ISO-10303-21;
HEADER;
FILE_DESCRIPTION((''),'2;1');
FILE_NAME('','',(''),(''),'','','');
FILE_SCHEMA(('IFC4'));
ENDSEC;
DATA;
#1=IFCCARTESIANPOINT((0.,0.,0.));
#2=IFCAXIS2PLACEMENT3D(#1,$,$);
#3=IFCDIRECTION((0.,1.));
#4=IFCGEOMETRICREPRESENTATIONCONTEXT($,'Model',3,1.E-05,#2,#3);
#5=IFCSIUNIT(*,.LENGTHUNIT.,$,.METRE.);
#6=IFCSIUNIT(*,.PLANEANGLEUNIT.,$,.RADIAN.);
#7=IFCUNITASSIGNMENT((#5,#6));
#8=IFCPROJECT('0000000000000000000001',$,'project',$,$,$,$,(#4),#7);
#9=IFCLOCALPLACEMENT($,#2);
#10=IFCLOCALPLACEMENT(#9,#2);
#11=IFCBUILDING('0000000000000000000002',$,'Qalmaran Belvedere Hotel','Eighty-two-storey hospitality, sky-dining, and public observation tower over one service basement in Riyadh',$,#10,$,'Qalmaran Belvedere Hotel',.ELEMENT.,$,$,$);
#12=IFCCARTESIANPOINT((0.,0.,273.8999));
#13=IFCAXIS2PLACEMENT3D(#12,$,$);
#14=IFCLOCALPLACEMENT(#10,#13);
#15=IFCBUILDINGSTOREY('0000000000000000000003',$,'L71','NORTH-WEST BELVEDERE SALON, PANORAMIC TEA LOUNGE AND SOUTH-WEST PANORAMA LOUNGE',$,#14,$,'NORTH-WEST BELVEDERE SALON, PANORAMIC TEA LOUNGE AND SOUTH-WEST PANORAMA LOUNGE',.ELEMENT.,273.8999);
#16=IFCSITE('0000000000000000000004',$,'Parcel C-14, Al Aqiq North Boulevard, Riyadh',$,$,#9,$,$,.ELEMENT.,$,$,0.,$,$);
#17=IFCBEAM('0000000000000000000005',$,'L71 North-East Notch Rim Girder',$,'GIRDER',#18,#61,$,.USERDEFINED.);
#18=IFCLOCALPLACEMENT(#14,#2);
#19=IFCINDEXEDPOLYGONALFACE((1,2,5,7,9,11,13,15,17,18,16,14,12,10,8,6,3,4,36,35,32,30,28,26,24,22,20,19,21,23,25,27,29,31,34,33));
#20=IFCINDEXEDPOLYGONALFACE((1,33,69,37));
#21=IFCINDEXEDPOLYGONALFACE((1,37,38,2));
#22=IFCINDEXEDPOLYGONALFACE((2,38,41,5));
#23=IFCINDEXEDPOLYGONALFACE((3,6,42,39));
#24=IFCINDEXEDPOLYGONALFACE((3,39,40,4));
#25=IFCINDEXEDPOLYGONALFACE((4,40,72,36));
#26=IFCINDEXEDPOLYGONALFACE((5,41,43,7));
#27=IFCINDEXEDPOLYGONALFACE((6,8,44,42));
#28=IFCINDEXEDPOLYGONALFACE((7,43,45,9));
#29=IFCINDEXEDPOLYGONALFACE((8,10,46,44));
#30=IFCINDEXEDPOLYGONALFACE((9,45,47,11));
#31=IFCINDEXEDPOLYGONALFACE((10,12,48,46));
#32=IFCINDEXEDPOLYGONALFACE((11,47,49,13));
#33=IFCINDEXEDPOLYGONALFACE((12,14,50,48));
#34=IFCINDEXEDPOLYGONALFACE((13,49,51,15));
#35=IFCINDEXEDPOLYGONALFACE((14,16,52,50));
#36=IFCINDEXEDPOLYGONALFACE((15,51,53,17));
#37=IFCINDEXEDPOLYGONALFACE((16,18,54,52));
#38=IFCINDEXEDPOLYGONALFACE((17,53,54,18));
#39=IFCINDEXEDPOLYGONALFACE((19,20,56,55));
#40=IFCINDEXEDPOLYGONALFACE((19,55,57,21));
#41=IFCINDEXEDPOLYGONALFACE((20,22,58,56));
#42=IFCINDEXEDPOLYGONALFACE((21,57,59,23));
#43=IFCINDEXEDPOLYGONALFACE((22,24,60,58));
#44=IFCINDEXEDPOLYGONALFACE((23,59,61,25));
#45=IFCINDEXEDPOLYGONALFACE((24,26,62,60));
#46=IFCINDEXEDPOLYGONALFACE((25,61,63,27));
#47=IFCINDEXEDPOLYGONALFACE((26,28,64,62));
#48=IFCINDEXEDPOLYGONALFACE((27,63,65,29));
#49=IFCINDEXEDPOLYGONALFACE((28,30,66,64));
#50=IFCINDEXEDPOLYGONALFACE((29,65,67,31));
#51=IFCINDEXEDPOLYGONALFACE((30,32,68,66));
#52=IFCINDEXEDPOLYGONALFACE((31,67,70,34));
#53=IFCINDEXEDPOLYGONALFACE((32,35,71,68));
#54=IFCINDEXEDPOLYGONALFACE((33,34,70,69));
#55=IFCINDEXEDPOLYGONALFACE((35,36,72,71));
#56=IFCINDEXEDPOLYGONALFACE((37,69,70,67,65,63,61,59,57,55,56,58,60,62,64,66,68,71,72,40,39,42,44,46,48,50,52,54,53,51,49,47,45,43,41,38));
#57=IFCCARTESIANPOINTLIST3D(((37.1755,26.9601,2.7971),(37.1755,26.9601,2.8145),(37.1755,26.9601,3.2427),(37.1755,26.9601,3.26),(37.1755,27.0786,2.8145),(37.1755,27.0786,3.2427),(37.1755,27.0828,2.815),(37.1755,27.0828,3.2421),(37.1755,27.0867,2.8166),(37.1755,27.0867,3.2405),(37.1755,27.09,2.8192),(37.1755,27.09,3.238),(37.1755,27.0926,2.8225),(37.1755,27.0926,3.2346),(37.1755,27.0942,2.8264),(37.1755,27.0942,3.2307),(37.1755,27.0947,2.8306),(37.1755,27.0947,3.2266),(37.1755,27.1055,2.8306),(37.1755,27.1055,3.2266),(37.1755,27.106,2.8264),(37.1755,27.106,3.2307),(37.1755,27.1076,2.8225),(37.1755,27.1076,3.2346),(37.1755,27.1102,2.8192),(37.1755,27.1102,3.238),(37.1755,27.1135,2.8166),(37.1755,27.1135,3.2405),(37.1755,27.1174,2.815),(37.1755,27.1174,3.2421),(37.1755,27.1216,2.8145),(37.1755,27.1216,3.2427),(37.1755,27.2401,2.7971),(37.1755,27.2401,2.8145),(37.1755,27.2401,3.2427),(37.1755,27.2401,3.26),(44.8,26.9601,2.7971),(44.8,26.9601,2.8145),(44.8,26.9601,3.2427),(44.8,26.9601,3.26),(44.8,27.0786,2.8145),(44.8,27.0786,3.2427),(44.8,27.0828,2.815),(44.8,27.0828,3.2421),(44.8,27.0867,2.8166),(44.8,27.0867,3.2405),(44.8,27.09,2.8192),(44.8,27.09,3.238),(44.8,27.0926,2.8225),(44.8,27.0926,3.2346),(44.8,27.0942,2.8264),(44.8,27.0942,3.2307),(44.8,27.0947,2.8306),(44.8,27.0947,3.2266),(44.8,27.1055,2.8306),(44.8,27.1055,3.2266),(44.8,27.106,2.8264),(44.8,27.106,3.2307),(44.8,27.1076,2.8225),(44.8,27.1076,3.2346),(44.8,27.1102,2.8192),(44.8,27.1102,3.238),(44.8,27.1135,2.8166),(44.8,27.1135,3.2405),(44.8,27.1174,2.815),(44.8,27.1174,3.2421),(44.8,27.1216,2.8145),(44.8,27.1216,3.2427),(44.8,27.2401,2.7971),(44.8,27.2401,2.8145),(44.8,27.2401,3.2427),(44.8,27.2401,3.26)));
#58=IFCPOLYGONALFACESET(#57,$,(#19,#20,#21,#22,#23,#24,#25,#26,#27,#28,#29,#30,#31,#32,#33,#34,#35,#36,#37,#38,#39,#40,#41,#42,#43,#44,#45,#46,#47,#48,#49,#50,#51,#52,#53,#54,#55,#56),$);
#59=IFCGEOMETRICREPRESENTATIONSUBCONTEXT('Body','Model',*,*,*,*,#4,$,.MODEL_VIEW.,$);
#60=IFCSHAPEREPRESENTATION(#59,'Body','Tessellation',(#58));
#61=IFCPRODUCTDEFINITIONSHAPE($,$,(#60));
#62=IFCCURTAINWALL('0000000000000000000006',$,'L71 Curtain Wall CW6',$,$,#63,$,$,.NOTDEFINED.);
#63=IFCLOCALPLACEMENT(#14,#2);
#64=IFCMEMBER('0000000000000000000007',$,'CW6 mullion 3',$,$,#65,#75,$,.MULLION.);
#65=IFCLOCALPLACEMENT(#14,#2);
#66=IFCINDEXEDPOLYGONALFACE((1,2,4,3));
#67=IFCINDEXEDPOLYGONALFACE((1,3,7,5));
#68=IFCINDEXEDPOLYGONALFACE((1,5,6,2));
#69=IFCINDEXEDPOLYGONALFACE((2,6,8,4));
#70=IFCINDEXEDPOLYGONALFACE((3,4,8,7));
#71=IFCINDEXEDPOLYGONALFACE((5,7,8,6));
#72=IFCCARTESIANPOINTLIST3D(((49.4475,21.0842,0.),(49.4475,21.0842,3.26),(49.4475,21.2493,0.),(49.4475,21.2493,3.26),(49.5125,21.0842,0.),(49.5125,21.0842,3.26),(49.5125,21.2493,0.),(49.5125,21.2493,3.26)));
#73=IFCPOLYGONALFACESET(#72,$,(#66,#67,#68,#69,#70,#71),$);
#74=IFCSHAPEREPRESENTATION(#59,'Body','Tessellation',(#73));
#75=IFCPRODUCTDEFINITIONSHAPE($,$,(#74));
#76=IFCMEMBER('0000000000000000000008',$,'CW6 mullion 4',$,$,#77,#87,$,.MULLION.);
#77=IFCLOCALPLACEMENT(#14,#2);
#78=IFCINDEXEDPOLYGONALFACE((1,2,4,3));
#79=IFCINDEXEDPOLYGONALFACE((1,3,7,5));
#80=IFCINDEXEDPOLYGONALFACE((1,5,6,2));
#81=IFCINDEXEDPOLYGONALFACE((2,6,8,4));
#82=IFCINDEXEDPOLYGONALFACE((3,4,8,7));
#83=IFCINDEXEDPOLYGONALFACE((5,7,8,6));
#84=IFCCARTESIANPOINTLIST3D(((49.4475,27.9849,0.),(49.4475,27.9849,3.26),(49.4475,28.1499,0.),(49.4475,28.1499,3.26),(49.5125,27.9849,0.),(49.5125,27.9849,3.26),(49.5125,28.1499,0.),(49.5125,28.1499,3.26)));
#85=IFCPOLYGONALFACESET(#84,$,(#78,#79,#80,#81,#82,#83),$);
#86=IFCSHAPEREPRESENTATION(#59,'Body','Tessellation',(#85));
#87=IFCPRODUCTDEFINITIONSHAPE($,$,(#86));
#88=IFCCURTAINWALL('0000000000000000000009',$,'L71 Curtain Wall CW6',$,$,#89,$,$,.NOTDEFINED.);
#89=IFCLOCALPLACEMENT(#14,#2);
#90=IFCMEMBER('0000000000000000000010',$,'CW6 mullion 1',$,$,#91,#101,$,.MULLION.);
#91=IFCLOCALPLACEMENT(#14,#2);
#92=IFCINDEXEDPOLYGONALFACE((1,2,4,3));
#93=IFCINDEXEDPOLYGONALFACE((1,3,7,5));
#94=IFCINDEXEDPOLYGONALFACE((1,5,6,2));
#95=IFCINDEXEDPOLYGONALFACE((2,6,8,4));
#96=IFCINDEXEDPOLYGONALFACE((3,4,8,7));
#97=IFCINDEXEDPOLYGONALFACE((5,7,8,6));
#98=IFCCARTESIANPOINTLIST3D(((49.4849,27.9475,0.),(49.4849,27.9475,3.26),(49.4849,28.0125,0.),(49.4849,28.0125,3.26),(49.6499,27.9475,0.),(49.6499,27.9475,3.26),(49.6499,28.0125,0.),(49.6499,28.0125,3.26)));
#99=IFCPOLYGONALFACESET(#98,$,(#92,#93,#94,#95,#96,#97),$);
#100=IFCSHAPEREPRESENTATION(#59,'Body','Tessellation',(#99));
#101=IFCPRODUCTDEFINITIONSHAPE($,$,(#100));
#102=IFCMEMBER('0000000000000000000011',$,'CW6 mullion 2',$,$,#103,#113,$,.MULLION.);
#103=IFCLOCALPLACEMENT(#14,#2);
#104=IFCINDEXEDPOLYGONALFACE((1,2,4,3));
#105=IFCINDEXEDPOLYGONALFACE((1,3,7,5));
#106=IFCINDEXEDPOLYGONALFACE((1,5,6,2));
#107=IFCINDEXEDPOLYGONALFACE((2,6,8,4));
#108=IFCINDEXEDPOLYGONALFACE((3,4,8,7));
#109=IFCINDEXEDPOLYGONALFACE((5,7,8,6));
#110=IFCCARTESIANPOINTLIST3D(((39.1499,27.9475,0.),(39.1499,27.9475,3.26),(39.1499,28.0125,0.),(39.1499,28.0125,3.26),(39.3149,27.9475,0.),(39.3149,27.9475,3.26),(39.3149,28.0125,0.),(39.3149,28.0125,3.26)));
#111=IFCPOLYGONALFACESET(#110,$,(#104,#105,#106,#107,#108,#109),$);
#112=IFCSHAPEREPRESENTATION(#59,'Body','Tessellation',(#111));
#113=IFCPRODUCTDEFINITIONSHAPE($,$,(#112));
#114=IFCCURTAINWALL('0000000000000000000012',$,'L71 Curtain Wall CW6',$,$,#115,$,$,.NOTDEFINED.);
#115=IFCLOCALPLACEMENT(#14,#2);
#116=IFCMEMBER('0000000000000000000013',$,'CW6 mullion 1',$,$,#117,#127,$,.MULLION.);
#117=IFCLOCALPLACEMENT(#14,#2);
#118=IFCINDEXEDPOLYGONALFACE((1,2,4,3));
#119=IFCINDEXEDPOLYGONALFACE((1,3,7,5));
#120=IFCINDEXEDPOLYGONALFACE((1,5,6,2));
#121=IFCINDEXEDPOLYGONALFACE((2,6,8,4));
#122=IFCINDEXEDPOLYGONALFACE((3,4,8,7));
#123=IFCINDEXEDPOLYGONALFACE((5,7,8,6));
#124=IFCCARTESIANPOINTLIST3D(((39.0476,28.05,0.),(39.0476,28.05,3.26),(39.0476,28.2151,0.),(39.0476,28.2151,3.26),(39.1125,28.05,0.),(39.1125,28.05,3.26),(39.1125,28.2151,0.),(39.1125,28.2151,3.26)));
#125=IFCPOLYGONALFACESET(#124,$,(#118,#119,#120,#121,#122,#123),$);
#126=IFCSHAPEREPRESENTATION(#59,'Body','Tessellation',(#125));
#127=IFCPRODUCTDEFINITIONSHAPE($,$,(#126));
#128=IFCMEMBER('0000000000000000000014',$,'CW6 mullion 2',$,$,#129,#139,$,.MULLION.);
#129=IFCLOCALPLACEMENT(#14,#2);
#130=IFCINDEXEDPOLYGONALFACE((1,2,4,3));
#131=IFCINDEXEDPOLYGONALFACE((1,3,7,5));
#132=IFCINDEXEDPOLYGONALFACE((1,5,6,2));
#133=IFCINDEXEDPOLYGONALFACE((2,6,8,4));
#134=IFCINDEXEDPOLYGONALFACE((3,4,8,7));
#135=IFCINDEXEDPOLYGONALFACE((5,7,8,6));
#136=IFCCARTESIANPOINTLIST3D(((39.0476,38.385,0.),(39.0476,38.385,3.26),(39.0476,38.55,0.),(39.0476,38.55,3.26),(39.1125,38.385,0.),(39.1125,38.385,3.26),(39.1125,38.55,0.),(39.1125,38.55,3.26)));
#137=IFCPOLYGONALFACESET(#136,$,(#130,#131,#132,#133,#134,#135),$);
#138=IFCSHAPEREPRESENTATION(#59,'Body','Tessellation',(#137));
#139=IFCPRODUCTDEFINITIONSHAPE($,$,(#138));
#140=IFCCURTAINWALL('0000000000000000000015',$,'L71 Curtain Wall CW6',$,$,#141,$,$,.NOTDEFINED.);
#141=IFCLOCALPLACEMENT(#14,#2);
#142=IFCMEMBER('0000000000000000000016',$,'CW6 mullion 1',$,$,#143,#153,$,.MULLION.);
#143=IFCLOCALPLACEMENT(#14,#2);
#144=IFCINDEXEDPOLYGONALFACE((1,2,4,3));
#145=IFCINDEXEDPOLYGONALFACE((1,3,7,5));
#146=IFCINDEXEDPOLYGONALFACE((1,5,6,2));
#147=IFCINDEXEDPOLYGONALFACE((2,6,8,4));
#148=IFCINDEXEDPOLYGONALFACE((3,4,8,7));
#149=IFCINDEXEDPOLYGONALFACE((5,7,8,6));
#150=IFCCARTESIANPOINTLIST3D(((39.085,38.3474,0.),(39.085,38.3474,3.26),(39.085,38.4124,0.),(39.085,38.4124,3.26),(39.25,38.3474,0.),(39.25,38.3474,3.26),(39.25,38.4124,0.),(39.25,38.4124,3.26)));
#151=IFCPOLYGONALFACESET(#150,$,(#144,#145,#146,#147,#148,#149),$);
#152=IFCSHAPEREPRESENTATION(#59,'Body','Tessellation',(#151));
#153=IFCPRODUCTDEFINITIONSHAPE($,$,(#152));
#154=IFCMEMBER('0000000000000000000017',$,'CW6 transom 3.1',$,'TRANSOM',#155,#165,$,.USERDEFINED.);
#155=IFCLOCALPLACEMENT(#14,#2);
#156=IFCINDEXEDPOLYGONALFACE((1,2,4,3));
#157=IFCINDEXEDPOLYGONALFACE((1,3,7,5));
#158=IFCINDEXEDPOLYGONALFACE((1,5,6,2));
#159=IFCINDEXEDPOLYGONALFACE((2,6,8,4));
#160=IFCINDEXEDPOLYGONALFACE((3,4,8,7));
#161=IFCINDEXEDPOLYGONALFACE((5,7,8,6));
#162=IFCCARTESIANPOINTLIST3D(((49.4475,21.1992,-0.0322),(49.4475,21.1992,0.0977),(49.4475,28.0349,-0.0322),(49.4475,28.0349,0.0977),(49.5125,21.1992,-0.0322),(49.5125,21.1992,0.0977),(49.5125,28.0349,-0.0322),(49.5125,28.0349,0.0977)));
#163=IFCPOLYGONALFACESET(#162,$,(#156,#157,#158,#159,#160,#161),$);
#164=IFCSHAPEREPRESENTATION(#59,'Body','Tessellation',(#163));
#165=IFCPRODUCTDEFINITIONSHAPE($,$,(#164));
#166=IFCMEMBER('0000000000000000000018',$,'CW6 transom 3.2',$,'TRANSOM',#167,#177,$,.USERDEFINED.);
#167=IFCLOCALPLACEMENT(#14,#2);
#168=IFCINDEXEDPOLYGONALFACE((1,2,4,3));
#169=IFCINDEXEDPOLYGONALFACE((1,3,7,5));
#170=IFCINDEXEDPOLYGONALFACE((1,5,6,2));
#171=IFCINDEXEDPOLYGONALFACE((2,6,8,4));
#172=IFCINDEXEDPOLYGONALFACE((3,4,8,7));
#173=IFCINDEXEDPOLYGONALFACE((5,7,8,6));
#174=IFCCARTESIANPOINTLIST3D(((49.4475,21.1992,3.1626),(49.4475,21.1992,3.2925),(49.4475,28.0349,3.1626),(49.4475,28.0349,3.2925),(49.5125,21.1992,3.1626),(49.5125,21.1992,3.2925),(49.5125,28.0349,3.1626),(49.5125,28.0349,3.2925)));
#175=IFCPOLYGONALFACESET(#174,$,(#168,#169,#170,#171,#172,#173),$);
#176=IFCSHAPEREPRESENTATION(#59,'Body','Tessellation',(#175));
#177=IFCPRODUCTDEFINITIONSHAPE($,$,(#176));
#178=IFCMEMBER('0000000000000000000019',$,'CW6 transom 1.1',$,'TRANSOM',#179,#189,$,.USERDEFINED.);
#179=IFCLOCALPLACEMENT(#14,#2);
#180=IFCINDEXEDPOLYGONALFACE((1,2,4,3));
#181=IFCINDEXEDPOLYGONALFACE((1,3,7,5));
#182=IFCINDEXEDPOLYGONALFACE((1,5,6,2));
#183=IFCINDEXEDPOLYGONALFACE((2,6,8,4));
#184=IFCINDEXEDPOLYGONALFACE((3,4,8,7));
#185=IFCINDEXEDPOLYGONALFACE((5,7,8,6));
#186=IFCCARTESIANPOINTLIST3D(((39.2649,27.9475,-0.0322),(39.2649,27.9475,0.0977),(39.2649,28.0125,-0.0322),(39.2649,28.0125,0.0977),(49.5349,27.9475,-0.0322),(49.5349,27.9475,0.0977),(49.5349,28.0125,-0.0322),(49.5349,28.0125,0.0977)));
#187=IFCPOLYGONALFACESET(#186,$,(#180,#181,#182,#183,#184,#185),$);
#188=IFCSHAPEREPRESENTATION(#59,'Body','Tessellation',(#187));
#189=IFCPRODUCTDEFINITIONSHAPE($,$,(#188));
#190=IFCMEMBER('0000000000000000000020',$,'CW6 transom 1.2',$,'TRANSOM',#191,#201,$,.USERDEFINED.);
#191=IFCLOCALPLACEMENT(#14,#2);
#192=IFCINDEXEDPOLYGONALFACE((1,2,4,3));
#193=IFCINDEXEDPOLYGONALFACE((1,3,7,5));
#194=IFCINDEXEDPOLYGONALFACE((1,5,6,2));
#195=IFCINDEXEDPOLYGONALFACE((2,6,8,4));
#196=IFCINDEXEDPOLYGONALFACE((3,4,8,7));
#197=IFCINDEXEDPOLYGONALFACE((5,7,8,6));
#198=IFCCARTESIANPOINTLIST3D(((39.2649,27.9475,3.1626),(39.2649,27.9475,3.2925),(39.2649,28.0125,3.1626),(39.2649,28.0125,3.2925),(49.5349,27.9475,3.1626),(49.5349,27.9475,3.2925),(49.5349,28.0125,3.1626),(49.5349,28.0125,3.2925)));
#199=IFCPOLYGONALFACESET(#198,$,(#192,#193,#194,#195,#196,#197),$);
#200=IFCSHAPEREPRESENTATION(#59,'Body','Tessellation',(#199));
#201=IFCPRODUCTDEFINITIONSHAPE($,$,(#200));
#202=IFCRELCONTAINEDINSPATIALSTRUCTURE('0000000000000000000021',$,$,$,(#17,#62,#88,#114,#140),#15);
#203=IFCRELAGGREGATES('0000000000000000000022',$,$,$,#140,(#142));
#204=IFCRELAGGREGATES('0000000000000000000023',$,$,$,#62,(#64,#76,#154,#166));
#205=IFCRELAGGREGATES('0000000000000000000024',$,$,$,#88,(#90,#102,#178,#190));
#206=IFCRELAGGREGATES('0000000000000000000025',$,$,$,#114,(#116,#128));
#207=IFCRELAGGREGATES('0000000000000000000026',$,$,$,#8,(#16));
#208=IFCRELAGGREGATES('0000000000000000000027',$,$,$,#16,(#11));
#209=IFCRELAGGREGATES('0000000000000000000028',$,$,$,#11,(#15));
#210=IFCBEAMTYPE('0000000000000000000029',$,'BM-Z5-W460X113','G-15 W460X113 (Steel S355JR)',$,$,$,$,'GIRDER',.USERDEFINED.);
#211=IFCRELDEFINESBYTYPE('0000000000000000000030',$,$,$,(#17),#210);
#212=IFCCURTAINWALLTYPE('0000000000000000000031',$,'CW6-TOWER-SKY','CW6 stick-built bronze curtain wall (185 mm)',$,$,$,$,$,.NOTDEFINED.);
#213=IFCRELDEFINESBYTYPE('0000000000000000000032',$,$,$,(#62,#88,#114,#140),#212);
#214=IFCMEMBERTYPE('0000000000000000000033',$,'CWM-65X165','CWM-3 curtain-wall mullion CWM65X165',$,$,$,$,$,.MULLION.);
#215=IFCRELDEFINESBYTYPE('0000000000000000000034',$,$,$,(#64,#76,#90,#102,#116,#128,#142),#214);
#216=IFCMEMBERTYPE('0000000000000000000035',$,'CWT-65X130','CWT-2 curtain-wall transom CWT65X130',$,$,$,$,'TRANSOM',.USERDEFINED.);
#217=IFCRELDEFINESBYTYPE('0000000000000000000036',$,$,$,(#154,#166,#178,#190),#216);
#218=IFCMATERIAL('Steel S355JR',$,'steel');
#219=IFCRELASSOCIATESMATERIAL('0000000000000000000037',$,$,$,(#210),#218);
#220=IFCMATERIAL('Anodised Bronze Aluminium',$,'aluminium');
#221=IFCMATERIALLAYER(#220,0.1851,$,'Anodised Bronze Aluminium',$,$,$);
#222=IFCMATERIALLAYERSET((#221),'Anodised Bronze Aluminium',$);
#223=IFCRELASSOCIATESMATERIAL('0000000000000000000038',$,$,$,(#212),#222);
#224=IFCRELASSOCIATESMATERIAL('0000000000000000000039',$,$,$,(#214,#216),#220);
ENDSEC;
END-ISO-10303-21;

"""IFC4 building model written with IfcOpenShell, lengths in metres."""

from ifc_helpers import new_model, si_unit, direction, frame, origin, origin_2d, place, context, subcontext, project, spatial, rectangle, i_section, extrude, material, layer, layer_set, material_profile, profile_set, type_object, element, aggregate, save


model = new_model("IFC4")

# Units and contexts
model_context = context("Model", 3, precision=1e-05, world=origin(), true_north=direction((0.0, 1.0)))
body_context = subcontext(model_context, "Body", "Model", "MODEL_VIEW")
ifc_project = project(units=[si_unit("LENGTHUNIT", "METRE"), si_unit("PLANEANGLEUNIT", "RADIAN")], contexts=[model_context])

# Site, building, storey
site_placement = place(None, origin())
site = spatial("IfcSite", under=ifc_project, at=site_placement, Name="Parcel C-14, Al Aqiq North Boulevard, Riyadh", CompositionType="ELEMENT", RefElevation=0.0)
building_placement = place(site_placement, origin())
building = spatial("IfcBuilding", under=site, at=building_placement, Name="Qalmaran Belvedere Hotel", Description="Eighty-two-storey hospitality, sky-dining, and public observation tower over one service basement in Riyadh", LongName="Qalmaran Belvedere Hotel", CompositionType="ELEMENT")
storey_placement = place(building_placement, frame((0.0, 0.0, 273.8999)))
storey = spatial("IfcBuildingStorey", under=building, at=storey_placement, Name="L71", Description="NORTH-WEST BELVEDERE SALON, PANORAMIC TEA LOUNGE AND SOUTH-WEST PANORAMA LOUNGE", LongName="NORTH-WEST BELVEDERE SALON, PANORAMIC TEA LOUNGE AND SOUTH-WEST PANORAMA LOUNGE", CompositionType="ELEMENT", Elevation=273.8999)

# Beam
ifc_material_1 = material(Name="Steel S355JR", Category="steel")
ifc_material_profile_1 = material_profile(ifc_material_1, i_section(OverallWidth=0.28, OverallDepth=0.4629, WebThickness=0.0107, FlangeThickness=0.0173, FilletRadius=0.0161, at=origin_2d()), Name="W460X113")
ifc_profile_set_1 = profile_set([ifc_material_profile_1], Name="Steel S355JR")
beam_type_1 = type_object("IfcBeamType", Name="BM-Z5-W460X113", Description="G-15 W460X113 (Steel S355JR)", ElementType="GIRDER", PredefinedType="USERDEFINED", material=ifc_profile_set_1)
beam_1_placement = place(storey_placement, frame((37.1755, 27.1001, 3.0286), z_axis=(1.0, 0.0, 0.0), x_axis=(0.0, 1.0, 0.0)))
element("IfcBeam", 1, at=beam_1_placement, inside=storey, type_object=beam_type_1, Name="L71 North-East Notch Rim Girder", ObjectType="GIRDER", PredefinedType="USERDEFINED", context=body_context, shape_type="SweptSolid", body=[
    extrude(i_section(OverallWidth=0.28, OverallDepth=0.4629, WebThickness=0.0107, FlangeThickness=0.0173, FilletRadius=0.0161, at=origin_2d()), origin(), (0.0, 0.0, 1.0), 7.6245),
])

# Curtain walls, members
ifc_material_2 = material(Name="Anodised Bronze Aluminium", Category="aluminium")
ifc_layer_1 = layer(ifc_material_2, 0.1851, Name="Anodised Bronze Aluminium")
ifc_layer_set_1 = layer_set([ifc_layer_1], Name="Anodised Bronze Aluminium")
curtain_wall_type = type_object("IfcCurtainWallType", Name="CW6-TOWER-SKY", Description="CW6 stick-built bronze curtain wall (185 mm)", PredefinedType="NOTDEFINED", material=ifc_layer_set_1)
curtain_wall_1_placement = place(storey_placement, origin())
curtain_wall_1 = element("IfcCurtainWall", 2, at=curtain_wall_1_placement, inside=storey, type_object=curtain_wall_type, Name="L71 Curtain Wall CW6", PredefinedType="NOTDEFINED")
ifc_material_profile_2 = material_profile(ifc_material_2, rectangle(XDim=0.0649, YDim=0.165, at=origin_2d()), Name="CWM65X165")
ifc_profile_set_2 = profile_set([ifc_material_profile_2], Name="Anodised Bronze Aluminium")
member_type_1 = type_object("IfcMemberType", Name="CWM-65X165", Description="CWM-3 curtain-wall mullion CWM65X165", PredefinedType="MULLION", material=ifc_profile_set_2)
member_1_placement = place(storey_placement, frame((49.48, 21.1667, 0.0), z_axis=(0.0, 0.0, 1.0), x_axis=(-1.0, 0.0, 0.0)))
member_1 = element("IfcMember", 3, at=member_1_placement, type_object=member_type_1, Name="CW6 mullion 3", PredefinedType="MULLION", context=body_context, shape_type="SweptSolid", body=[
    extrude(rectangle(XDim=0.0649, YDim=0.165, at=origin_2d()), origin(), (0.0, 0.0, 1.0), 3.26),
])
member_2_placement = place(storey_placement, frame((49.48, 28.0674, 0.0), z_axis=(0.0, 0.0, 1.0), x_axis=(-1.0, 0.0, 0.0)))
member_2 = element("IfcMember", 4, at=member_2_placement, type_object=member_type_1, Name="CW6 mullion 4", PredefinedType="MULLION", context=body_context, shape_type="SweptSolid", body=[
    extrude(rectangle(XDim=0.0649, YDim=0.165, at=origin_2d()), origin(), (0.0, 0.0, 1.0), 3.26),
])
curtain_wall_2_placement = place(storey_placement, origin())
curtain_wall_2 = element("IfcCurtainWall", 5, at=curtain_wall_2_placement, inside=storey, type_object=curtain_wall_type, Name="L71 Curtain Wall CW6", PredefinedType="NOTDEFINED")
member_3_placement = place(storey_placement, frame((49.5674, 27.98, 0.0), z_axis=(0.0, 0.0, 1.0), x_axis=(0.0, -1.0, 0.0)))
member_3 = element("IfcMember", 6, at=member_3_placement, type_object=member_type_1, Name="CW6 mullion 1", PredefinedType="MULLION", context=body_context, shape_type="SweptSolid", body=[
    extrude(rectangle(XDim=0.0649, YDim=0.165, at=origin_2d()), origin(), (0.0, 0.0, 1.0), 3.26),
])
member_4_placement = place(storey_placement, frame((39.2324, 27.98, 0.0), z_axis=(0.0, 0.0, 1.0), x_axis=(0.0, -1.0, 0.0)))
member_4 = element("IfcMember", 7, at=member_4_placement, type_object=member_type_1, Name="CW6 mullion 2", PredefinedType="MULLION", context=body_context, shape_type="SweptSolid", body=[
    extrude(rectangle(XDim=0.0649, YDim=0.165, at=origin_2d()), origin(), (0.0, 0.0, 1.0), 3.26),
])
curtain_wall_3_placement = place(storey_placement, origin())
curtain_wall_3 = element("IfcCurtainWall", 8, at=curtain_wall_3_placement, inside=storey, type_object=curtain_wall_type, Name="L71 Curtain Wall CW6", PredefinedType="NOTDEFINED")
member_5_placement = place(storey_placement, frame((39.0801, 28.1326, 0.0), z_axis=(0.0, 0.0, 1.0), x_axis=(-1.0, 0.0, 0.0)))
member_5 = element("IfcMember", 9, at=member_5_placement, type_object=member_type_1, Name="CW6 mullion 1", PredefinedType="MULLION", context=body_context, shape_type="SweptSolid", body=[
    extrude(rectangle(XDim=0.0649, YDim=0.165, at=origin_2d()), origin(), (0.0, 0.0, 1.0), 3.26),
])
member_6_placement = place(storey_placement, frame((39.0801, 38.4675, 0.0), z_axis=(0.0, 0.0, 1.0), x_axis=(-1.0, 0.0, 0.0)))
member_6 = element("IfcMember", 10, at=member_6_placement, type_object=member_type_1, Name="CW6 mullion 2", PredefinedType="MULLION", context=body_context, shape_type="SweptSolid", body=[
    extrude(rectangle(XDim=0.0649, YDim=0.165, at=origin_2d()), origin(), (0.0, 0.0, 1.0), 3.26),
])

# Curtain wall, member
curtain_wall_4_placement = place(storey_placement, origin())
curtain_wall_4 = element("IfcCurtainWall", 11, at=curtain_wall_4_placement, inside=storey, type_object=curtain_wall_type, Name="L71 Curtain Wall CW6", PredefinedType="NOTDEFINED")
member_7_placement = place(storey_placement, frame((39.1675, 38.3799, 0.0), z_axis=(0.0, 0.0, 1.0), x_axis=(0.0, -1.0, 0.0)))
member_7 = element("IfcMember", 12, at=member_7_placement, type_object=member_type_1, Name="CW6 mullion 1", PredefinedType="MULLION", context=body_context, shape_type="SweptSolid", body=[
    extrude(rectangle(XDim=0.0649, YDim=0.165, at=origin_2d()), origin(), (0.0, 0.0, 1.0), 3.26),
])

# Members
ifc_material_profile_3 = material_profile(ifc_material_2, rectangle(XDim=0.0649, YDim=0.1299, at=origin_2d()), Name="CWT65X130")
ifc_profile_set_3 = profile_set([ifc_material_profile_3], Name="Anodised Bronze Aluminium")
member_type_2 = type_object("IfcMemberType", Name="CWT-65X130", Description="CWT-2 curtain-wall transom CWT65X130", ElementType="TRANSOM", PredefinedType="USERDEFINED", material=ifc_profile_set_3)
member_8_placement = place(storey_placement, frame((49.48, 21.1992, 0.0327), z_axis=(0.0, 1.0, 0.0), x_axis=(-1.0, 0.0, 0.0)))
member_8 = element("IfcMember", 13, at=member_8_placement, type_object=member_type_2, Name="CW6 transom 3.1", ObjectType="TRANSOM", PredefinedType="USERDEFINED", context=body_context, shape_type="SweptSolid", body=[
    extrude(rectangle(XDim=0.0649, YDim=0.1299, at=origin_2d()), origin(), (0.0, 0.0, 1.0), 6.8357),
])
member_9_placement = place(storey_placement, frame((49.48, 21.1992, 3.2275), z_axis=(0.0, 1.0, 0.0), x_axis=(-1.0, 0.0, 0.0)))
member_9 = element("IfcMember", 14, at=member_9_placement, type_object=member_type_2, Name="CW6 transom 3.2", ObjectType="TRANSOM", PredefinedType="USERDEFINED", context=body_context, shape_type="SweptSolid", body=[
    extrude(rectangle(XDim=0.0649, YDim=0.1299, at=origin_2d()), origin(), (0.0, 0.0, 1.0), 6.8357),
])
member_10_placement = place(storey_placement, frame((49.5349, 27.98, 0.0327), z_axis=(-1.0, 0.0, 0.0), x_axis=(0.0, -1.0, 0.0)))
member_10 = element("IfcMember", 15, at=member_10_placement, type_object=member_type_2, Name="CW6 transom 1.1", ObjectType="TRANSOM", PredefinedType="USERDEFINED", context=body_context, shape_type="SweptSolid", body=[
    extrude(rectangle(XDim=0.0649, YDim=0.1299, at=origin_2d()), origin(), (0.0, 0.0, 1.0), 10.27),
])
member_11_placement = place(storey_placement, frame((49.5349, 27.98, 3.2275), z_axis=(-1.0, 0.0, 0.0), x_axis=(0.0, -1.0, 0.0)))
member_11 = element("IfcMember", 16, at=member_11_placement, type_object=member_type_2, Name="CW6 transom 1.2", ObjectType="TRANSOM", PredefinedType="USERDEFINED", context=body_context, shape_type="SweptSolid", body=[
    extrude(rectangle(XDim=0.0649, YDim=0.1299, at=origin_2d()), origin(), (0.0, 0.0, 1.0), 10.27),
])
aggregate(curtain_wall_4, [member_7])

aggregate(curtain_wall_1, [member_1, member_2, member_8, member_9])
aggregate(curtain_wall_2, [member_3, member_4, member_10, member_11])
aggregate(curtain_wall_3, [member_5, member_6])

save(model, "model.ifc")
